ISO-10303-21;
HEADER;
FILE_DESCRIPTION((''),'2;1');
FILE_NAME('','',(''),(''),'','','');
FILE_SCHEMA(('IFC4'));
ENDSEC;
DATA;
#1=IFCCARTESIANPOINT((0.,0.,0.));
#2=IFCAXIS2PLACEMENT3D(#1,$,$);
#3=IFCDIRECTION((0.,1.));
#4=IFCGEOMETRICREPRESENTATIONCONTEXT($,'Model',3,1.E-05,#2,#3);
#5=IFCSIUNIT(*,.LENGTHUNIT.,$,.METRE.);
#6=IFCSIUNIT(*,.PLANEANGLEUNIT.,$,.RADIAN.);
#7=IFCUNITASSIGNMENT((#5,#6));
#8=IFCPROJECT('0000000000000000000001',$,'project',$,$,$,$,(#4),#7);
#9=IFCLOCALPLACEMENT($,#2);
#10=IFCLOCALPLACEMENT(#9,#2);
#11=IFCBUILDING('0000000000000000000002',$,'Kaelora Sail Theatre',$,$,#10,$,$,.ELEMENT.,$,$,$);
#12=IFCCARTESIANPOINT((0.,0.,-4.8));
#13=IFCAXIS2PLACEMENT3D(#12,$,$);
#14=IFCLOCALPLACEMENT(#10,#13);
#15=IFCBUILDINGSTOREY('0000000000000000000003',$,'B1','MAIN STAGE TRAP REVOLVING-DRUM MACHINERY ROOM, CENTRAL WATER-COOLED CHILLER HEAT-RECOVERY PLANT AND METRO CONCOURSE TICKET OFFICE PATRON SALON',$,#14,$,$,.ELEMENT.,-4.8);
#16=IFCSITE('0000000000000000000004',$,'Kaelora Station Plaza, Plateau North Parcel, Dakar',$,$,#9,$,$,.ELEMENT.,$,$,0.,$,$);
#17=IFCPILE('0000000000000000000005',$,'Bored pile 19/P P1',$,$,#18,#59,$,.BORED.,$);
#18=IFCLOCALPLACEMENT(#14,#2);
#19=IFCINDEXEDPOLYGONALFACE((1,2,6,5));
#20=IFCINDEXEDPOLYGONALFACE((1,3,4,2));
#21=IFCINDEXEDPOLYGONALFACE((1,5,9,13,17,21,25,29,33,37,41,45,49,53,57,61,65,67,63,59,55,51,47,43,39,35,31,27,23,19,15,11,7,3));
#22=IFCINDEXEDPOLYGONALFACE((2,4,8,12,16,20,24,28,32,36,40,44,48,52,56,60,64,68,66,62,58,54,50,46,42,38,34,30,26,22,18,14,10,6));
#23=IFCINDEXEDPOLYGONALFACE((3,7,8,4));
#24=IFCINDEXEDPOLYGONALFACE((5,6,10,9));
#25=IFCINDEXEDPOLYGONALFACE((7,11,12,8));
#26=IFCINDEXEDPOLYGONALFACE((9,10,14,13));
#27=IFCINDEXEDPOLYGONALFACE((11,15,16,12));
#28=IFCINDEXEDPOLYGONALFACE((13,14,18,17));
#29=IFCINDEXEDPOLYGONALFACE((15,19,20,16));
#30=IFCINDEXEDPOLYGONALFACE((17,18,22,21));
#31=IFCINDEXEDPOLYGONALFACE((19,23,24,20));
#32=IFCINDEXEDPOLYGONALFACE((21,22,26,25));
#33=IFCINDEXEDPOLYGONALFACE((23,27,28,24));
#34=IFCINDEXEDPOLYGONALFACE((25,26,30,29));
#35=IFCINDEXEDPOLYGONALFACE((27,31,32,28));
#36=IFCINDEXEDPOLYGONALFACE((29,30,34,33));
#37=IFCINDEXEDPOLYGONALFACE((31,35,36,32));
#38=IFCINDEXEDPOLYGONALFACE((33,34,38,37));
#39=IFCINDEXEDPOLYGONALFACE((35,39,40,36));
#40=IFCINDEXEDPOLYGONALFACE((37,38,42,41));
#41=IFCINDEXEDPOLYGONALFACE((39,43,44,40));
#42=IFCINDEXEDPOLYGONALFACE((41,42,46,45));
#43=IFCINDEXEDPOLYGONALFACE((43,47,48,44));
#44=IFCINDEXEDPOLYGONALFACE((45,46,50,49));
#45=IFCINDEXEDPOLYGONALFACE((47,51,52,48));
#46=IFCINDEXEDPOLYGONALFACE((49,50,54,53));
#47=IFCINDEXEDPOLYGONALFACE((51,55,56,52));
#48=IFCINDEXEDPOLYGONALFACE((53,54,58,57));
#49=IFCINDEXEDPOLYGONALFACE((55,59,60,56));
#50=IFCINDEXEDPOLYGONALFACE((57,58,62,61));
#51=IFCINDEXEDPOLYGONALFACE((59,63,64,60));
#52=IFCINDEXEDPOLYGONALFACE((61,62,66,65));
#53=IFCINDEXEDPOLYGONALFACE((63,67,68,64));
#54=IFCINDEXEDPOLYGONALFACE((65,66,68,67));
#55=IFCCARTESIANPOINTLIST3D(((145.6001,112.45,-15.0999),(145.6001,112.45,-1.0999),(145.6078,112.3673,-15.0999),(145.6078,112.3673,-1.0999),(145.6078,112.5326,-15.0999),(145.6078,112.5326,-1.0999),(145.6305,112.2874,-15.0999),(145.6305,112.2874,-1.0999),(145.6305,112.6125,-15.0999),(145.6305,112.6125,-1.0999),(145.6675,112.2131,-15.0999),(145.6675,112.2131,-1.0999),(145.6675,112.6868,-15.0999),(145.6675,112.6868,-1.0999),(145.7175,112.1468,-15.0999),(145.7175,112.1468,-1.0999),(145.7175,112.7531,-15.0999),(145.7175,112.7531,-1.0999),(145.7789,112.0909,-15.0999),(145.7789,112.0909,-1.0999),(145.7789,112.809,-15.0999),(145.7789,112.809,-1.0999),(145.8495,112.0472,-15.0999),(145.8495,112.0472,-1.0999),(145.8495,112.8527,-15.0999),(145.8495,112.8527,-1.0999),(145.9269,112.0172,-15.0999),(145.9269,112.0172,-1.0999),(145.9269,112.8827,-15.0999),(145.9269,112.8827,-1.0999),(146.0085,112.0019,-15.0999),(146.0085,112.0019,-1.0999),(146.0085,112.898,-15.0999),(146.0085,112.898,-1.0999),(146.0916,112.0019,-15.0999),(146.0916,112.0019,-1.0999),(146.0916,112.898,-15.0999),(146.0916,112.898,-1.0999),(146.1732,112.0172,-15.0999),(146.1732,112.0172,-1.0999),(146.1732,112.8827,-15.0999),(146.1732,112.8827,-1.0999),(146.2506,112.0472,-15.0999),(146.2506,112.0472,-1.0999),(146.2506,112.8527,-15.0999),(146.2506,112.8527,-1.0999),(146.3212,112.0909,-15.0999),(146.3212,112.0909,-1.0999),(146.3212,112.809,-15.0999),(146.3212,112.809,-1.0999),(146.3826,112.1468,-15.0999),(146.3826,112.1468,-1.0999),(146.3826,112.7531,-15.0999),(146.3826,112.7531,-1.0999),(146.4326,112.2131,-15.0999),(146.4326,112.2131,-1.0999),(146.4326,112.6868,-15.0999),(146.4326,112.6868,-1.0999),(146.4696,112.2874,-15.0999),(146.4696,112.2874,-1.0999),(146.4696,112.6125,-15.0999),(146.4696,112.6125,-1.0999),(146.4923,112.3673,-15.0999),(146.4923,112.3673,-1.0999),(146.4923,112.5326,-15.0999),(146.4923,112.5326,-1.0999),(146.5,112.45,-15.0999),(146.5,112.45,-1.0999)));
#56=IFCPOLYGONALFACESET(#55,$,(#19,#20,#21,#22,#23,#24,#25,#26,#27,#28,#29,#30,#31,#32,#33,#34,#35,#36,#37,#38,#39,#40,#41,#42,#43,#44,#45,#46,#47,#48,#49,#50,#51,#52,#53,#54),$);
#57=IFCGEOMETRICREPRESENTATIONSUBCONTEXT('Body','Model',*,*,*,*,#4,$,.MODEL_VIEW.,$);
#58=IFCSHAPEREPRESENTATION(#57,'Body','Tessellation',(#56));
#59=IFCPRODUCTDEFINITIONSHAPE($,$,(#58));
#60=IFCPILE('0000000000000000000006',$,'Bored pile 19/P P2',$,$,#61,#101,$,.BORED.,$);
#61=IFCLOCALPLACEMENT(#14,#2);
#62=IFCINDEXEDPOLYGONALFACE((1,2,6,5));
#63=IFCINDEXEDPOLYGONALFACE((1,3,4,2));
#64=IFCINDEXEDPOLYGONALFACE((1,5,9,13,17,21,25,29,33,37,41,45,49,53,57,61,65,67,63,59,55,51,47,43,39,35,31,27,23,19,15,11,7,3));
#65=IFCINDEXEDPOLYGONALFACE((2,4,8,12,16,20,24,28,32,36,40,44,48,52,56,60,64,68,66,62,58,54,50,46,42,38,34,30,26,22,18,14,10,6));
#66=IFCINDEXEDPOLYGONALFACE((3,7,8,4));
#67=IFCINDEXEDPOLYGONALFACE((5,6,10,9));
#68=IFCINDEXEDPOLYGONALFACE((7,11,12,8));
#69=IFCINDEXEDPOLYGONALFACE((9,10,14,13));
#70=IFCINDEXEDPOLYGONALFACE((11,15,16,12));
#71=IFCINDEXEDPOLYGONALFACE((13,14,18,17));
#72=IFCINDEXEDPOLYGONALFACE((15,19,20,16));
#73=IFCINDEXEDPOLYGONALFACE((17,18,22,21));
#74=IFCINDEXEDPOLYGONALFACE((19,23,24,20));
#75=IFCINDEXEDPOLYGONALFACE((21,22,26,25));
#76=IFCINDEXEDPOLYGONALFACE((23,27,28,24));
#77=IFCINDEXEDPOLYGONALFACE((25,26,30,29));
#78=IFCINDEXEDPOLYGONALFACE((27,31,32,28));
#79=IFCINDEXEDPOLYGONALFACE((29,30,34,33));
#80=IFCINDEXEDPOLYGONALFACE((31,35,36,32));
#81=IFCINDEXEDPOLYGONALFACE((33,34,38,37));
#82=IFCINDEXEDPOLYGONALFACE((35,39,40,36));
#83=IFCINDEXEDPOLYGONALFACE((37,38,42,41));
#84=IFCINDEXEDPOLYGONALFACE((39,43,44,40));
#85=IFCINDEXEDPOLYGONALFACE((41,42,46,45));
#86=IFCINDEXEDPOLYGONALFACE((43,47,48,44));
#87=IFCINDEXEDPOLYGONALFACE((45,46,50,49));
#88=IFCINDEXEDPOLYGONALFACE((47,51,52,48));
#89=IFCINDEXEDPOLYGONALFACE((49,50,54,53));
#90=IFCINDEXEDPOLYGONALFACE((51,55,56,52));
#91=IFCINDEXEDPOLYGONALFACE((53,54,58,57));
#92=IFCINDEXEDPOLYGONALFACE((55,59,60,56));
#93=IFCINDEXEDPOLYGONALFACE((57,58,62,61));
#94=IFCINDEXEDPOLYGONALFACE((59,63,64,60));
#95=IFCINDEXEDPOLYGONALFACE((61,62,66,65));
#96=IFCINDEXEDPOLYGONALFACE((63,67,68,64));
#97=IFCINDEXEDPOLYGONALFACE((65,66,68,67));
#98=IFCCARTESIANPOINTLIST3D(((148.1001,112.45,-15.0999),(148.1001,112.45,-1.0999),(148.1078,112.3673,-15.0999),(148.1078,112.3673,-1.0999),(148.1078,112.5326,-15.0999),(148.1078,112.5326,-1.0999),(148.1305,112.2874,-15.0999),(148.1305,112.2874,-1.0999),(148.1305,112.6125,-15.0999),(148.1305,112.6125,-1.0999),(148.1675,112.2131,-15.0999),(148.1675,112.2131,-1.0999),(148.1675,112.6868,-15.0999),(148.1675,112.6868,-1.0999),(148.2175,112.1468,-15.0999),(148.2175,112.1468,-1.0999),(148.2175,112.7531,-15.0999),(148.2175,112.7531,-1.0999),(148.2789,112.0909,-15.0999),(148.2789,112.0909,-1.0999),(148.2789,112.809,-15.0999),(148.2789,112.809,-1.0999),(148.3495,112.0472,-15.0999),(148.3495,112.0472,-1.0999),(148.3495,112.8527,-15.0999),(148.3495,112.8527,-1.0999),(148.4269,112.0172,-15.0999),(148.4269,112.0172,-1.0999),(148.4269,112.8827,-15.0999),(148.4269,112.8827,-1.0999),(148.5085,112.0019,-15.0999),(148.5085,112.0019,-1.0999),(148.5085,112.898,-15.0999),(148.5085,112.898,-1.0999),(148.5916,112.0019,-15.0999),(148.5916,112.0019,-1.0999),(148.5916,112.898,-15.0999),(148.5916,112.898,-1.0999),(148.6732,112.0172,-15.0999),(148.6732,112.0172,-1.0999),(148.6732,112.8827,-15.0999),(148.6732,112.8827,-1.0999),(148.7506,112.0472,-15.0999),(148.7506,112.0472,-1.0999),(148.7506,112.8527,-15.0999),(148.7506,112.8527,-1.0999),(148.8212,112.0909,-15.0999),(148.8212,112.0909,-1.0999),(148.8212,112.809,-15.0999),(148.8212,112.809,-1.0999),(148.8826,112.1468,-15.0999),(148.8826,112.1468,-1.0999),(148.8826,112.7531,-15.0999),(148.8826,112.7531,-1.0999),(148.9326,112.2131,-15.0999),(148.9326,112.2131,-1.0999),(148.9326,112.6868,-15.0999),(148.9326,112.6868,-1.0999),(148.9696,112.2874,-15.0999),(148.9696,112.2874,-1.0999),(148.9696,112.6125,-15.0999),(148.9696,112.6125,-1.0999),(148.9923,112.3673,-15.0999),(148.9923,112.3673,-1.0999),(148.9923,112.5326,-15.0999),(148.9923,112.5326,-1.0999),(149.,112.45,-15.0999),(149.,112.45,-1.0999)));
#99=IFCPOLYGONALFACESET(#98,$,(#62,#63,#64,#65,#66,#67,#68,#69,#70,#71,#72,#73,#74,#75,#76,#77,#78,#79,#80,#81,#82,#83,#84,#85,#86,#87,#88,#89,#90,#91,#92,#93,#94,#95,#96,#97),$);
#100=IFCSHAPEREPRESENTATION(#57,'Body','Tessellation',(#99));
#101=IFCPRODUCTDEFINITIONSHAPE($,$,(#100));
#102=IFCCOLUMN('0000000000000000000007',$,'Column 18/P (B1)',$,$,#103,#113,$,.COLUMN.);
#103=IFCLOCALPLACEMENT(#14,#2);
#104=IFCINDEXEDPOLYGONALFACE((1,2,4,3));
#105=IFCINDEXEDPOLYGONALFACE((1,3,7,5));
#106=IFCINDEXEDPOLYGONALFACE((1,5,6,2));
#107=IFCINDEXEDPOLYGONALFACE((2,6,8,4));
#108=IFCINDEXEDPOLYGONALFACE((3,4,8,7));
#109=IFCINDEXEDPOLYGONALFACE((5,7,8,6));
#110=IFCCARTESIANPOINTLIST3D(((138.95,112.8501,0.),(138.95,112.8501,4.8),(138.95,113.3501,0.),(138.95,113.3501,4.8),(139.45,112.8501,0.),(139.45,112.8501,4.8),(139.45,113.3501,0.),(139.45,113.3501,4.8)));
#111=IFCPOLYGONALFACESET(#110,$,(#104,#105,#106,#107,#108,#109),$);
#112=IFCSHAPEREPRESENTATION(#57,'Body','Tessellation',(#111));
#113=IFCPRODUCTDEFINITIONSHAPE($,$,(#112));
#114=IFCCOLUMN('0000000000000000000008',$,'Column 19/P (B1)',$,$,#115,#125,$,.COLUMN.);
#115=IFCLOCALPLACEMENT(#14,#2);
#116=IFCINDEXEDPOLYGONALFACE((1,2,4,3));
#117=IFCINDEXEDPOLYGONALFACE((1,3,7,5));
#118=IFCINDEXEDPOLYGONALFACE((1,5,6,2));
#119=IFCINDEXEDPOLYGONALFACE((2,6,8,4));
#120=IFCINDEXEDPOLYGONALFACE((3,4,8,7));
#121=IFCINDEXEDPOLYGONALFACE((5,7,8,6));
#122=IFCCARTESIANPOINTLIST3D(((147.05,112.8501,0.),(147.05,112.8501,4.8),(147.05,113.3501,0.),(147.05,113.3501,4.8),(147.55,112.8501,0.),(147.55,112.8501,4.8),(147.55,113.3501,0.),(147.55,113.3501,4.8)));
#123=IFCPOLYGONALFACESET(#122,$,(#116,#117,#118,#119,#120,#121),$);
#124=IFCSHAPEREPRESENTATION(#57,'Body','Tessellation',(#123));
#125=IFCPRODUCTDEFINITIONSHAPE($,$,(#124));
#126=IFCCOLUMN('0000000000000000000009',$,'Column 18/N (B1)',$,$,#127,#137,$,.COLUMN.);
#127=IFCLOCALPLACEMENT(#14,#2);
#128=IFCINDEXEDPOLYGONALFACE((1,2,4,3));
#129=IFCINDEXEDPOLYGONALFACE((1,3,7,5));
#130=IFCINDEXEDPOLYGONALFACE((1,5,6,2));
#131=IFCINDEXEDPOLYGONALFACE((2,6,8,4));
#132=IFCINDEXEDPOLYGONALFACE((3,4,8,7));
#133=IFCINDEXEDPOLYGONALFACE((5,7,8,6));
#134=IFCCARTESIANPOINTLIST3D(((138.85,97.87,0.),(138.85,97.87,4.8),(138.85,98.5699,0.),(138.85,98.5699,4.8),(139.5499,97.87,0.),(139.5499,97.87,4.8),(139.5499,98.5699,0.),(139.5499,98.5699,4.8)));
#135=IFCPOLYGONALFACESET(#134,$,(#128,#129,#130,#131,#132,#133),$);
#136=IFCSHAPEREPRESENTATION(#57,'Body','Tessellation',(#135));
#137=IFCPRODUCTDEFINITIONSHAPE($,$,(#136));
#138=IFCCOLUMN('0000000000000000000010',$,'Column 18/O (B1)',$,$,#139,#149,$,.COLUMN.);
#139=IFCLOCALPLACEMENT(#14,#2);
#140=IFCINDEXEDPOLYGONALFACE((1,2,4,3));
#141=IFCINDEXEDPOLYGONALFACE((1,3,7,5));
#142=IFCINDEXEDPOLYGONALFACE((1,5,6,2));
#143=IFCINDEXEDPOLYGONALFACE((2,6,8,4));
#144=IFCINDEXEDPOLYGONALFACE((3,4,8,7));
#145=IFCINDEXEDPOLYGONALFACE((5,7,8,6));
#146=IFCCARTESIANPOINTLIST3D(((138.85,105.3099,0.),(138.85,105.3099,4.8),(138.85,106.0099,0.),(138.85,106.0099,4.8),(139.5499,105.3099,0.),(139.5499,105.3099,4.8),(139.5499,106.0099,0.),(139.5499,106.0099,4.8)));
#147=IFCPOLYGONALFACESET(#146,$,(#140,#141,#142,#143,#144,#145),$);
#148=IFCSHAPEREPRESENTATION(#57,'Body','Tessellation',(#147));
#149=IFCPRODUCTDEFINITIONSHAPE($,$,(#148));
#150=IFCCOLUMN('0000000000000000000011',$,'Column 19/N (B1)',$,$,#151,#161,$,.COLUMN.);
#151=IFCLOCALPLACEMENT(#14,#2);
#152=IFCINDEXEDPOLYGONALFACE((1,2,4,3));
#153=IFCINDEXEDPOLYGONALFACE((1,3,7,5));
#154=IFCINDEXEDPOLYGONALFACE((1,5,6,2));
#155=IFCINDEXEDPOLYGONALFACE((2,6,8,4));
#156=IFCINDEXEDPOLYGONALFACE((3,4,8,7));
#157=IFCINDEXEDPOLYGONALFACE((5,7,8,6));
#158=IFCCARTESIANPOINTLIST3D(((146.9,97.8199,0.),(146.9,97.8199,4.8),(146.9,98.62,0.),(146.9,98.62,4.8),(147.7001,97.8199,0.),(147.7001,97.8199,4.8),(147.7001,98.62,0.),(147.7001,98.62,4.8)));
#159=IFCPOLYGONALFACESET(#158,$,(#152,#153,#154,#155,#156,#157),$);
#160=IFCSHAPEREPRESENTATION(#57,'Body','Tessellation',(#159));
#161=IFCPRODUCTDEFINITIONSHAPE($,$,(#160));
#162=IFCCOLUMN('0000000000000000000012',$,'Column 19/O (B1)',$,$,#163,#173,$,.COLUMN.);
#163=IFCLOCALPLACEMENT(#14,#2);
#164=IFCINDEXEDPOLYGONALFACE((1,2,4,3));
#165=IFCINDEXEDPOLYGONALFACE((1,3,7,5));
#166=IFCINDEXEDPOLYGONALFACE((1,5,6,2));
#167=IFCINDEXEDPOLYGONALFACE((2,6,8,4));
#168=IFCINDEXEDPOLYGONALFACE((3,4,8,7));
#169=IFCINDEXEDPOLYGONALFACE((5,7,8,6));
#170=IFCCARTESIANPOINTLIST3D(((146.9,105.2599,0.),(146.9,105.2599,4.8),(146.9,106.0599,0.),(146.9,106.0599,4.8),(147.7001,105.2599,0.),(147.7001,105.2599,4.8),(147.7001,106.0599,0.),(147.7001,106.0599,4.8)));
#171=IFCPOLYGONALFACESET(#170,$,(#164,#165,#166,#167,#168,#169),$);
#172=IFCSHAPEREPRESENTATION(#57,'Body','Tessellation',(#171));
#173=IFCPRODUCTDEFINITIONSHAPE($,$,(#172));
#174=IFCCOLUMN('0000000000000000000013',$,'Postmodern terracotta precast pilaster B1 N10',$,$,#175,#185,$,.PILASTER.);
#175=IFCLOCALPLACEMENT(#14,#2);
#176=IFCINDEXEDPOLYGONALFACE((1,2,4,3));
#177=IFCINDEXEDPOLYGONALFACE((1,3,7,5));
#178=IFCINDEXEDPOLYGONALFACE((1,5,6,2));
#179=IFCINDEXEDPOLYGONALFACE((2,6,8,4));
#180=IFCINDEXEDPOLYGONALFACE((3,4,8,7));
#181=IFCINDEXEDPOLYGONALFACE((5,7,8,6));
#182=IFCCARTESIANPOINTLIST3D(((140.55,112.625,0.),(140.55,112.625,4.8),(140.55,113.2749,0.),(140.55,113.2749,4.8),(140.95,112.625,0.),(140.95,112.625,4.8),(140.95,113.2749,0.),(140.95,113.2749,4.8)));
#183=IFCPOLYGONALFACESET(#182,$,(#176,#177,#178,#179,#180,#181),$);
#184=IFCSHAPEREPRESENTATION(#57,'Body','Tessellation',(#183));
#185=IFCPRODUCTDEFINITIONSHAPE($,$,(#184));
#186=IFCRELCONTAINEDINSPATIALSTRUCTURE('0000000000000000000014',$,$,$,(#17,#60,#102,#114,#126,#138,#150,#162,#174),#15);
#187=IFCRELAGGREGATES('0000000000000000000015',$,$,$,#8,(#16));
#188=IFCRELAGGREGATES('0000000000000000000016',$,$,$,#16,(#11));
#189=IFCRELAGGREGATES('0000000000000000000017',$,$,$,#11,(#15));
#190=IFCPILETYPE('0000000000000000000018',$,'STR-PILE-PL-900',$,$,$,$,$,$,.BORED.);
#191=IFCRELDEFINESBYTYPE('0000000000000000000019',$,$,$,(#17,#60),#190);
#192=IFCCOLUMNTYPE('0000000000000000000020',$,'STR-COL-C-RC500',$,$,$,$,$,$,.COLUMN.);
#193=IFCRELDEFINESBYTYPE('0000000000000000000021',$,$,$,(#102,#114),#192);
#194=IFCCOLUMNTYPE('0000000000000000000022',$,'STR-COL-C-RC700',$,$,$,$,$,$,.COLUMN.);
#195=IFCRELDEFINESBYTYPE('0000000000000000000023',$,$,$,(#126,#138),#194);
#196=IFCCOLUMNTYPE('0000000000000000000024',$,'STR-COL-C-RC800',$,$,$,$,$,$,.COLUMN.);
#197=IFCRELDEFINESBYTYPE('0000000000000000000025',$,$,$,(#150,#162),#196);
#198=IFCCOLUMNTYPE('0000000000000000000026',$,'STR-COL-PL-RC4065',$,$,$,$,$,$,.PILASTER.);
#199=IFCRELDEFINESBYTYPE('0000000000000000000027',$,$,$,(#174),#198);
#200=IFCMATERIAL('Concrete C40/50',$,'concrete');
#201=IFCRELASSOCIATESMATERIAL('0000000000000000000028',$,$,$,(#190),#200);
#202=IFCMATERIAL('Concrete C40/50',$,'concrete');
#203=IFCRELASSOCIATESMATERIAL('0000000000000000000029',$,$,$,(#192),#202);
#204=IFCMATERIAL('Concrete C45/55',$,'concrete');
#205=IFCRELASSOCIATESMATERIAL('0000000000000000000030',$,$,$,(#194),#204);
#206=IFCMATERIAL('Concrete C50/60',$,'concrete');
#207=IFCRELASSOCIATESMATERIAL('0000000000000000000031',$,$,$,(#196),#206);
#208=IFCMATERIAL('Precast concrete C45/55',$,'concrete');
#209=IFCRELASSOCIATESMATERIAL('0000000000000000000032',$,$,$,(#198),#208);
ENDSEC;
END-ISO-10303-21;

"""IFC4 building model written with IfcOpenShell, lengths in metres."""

from ifc_helpers import new_model, si_unit, direction, frame, origin, origin_2d, place, context, subcontext, project, spatial, rectangle, circle, extrude, material, material_profile, profile_set, type_object, element, save


model = new_model("IFC4")

# Units and contexts
model_context = context("Model", 3, precision=1e-05, world=origin(), true_north=direction((0.0, 1.0)))
body_context = subcontext(model_context, "Body", "Model", "MODEL_VIEW")
ifc_project = project(units=[si_unit("LENGTHUNIT", "METRE"), si_unit("PLANEANGLEUNIT", "RADIAN")], contexts=[model_context])

# Site, building, storey
site_placement = place(None, origin())
site = spatial("IfcSite", under=ifc_project, at=site_placement, Name="Kaelora Station Plaza, Plateau North Parcel, Dakar", CompositionType="ELEMENT", RefElevation=0.0)
building_placement = place(site_placement, origin())
building = spatial("IfcBuilding", under=site, at=building_placement, Name="Kaelora Sail Theatre", CompositionType="ELEMENT")
storey_placement = place(building_placement, frame((0.0, 0.0, -4.8)))
storey = spatial("IfcBuildingStorey", under=building, at=storey_placement, Name="B1", Description="MAIN STAGE TRAP REVOLVING-DRUM MACHINERY ROOM, CENTRAL WATER-COOLED CHILLER HEAT-RECOVERY PLANT AND METRO CONCOURSE TICKET OFFICE PATRON SALON", CompositionType="ELEMENT", Elevation=-4.8)

# Piles
ifc_material_1 = material(Name="Concrete C40/50", Category="concrete")
ifc_material_profile_1 = material_profile(ifc_material_1, circle(Radius=0.45, at=origin_2d()), Name="PILE D900")
ifc_profile_set_1 = profile_set([ifc_material_profile_1], Name="Concrete C40/50")
pile_type_1 = type_object("IfcPileType", Name="STR-PILE-PL-900", PredefinedType="BORED", material=ifc_profile_set_1)
for number, where, z_axis, x_axis, name in (
    (1, (146.05, 112.45, -1.0999), (0.0, 0.0, -1.0), (1.0, 0.0, 0.0), "Bored pile 19/P P1"),
    (2, (148.55, 112.45, -1.0999), (0.0, 0.0, -1.0), (1.0, 0.0, 0.0), "Bored pile 19/P P2"),
):
    element("IfcPile", number, at=place(storey_placement, frame(where, z_axis=z_axis, x_axis=x_axis)), inside=storey, type_object=pile_type_1, Name=name, PredefinedType="BORED", context=body_context, shape_type="SweptSolid", body=[
        extrude(circle(Radius=0.45, at=origin_2d()), origin(), (0.0, 0.0, 1.0), 14.0),
    ])

# Columns
ifc_material_2 = material(Name="Concrete C40/50", Category="concrete")
ifc_material_profile_2 = material_profile(ifc_material_2, rectangle(XDim=0.5, YDim=0.5, at=origin_2d()), Name="RC-COL 500x500")
ifc_profile_set_2 = profile_set([ifc_material_profile_2], Name="Concrete C40/50")
column_type_1 = type_object("IfcColumnType", Name="STR-COL-C-RC500", PredefinedType="COLUMN", material=ifc_profile_set_2)
for number, where, z_axis, x_axis, name in (
    (3, (139.2, 113.1001, 0.0), (0.0, 0.0, 1.0), (1.0, 0.0, 0.0), "Column 18/P (B1)"),
    (4, (147.3, 113.1001, 0.0), (0.0, 0.0, 1.0), (1.0, 0.0, 0.0), "Column 19/P (B1)"),
):
    element("IfcColumn", number, at=place(storey_placement, frame(where, z_axis=z_axis, x_axis=x_axis)), inside=storey, type_object=column_type_1, Name=name, PredefinedType="COLUMN", context=body_context, shape_type="SweptSolid", body=[
        extrude(rectangle(XDim=0.5, YDim=0.5, at=origin_2d()), origin(), (0.0, 0.0, 1.0), 4.8),
    ])
ifc_material_3 = material(Name="Concrete C45/55", Category="concrete")
ifc_material_profile_3 = material_profile(ifc_material_3, rectangle(XDim=0.7, YDim=0.7, at=origin_2d()), Name="RC-COL 700x700")
ifc_profile_set_3 = profile_set([ifc_material_profile_3], Name="Concrete C45/55")
column_type_2 = type_object("IfcColumnType", Name="STR-COL-C-RC700", PredefinedType="COLUMN", material=ifc_profile_set_3)
for number, where, z_axis, x_axis, name in (
    (5, (139.2, 98.22, 0.0), (0.0, 0.0, 1.0), (1.0, 0.0, 0.0), "Column 18/N (B1)"),
    (6, (139.2, 105.6599, 0.0), (0.0, 0.0, 1.0), (1.0, 0.0, 0.0), "Column 18/O (B1)"),
):
    element("IfcColumn", number, at=place(storey_placement, frame(where, z_axis=z_axis, x_axis=x_axis)), inside=storey, type_object=column_type_2, Name=name, PredefinedType="COLUMN", context=body_context, shape_type="SweptSolid", body=[
        extrude(rectangle(XDim=0.7, YDim=0.7, at=origin_2d()), origin(), (0.0, 0.0, 1.0), 4.8),
    ])
ifc_material_4 = material(Name="Concrete C50/60", Category="concrete")
ifc_material_profile_4 = material_profile(ifc_material_4, rectangle(XDim=0.8, YDim=0.8, at=origin_2d()), Name="RC-COL 800x800")
ifc_profile_set_4 = profile_set([ifc_material_profile_4], Name="Concrete C50/60")
column_type_3 = type_object("IfcColumnType", Name="STR-COL-C-RC800", PredefinedType="COLUMN", material=ifc_profile_set_4)
for number, where, z_axis, x_axis, name in (
    (7, (147.3, 98.22, 0.0), (0.0, 0.0, 1.0), (1.0, 0.0, 0.0), "Column 19/N (B1)"),
    (8, (147.3, 105.6599, 0.0), (0.0, 0.0, 1.0), (1.0, 0.0, 0.0), "Column 19/O (B1)"),
):
    element("IfcColumn", number, at=place(storey_placement, frame(where, z_axis=z_axis, x_axis=x_axis)), inside=storey, type_object=column_type_3, Name=name, PredefinedType="COLUMN", context=body_context, shape_type="SweptSolid", body=[
        extrude(rectangle(XDim=0.8, YDim=0.8, at=origin_2d()), origin(), (0.0, 0.0, 1.0), 4.8),
    ])
ifc_material_5 = material(Name="Precast concrete C45/55", Category="concrete")
ifc_material_profile_5 = material_profile(ifc_material_5, rectangle(XDim=0.3999, YDim=0.6499, at=origin_2d()), Name="RC-PIL 400x650")
ifc_profile_set_5 = profile_set([ifc_material_profile_5], Name="Precast concrete C45/55")
column_type_4 = type_object("IfcColumnType", Name="STR-COL-PL-RC4065", PredefinedType="PILASTER", material=ifc_profile_set_5)
column_placement = place(storey_placement, frame((140.75, 112.95, 0.0), z_axis=(0.0, 0.0, 1.0), x_axis=(1.0, 0.0, 0.0)))
element("IfcColumn", 9, at=column_placement, inside=storey, type_object=column_type_4, Name="Postmodern terracotta precast pilaster B1 N10", PredefinedType="PILASTER", context=body_context, shape_type="SweptSolid", body=[
    extrude(rectangle(XDim=0.3999, YDim=0.6499, at=origin_2d()), origin(), (0.0, 0.0, 1.0), 4.8),
])

save(model, "model.ifc")
